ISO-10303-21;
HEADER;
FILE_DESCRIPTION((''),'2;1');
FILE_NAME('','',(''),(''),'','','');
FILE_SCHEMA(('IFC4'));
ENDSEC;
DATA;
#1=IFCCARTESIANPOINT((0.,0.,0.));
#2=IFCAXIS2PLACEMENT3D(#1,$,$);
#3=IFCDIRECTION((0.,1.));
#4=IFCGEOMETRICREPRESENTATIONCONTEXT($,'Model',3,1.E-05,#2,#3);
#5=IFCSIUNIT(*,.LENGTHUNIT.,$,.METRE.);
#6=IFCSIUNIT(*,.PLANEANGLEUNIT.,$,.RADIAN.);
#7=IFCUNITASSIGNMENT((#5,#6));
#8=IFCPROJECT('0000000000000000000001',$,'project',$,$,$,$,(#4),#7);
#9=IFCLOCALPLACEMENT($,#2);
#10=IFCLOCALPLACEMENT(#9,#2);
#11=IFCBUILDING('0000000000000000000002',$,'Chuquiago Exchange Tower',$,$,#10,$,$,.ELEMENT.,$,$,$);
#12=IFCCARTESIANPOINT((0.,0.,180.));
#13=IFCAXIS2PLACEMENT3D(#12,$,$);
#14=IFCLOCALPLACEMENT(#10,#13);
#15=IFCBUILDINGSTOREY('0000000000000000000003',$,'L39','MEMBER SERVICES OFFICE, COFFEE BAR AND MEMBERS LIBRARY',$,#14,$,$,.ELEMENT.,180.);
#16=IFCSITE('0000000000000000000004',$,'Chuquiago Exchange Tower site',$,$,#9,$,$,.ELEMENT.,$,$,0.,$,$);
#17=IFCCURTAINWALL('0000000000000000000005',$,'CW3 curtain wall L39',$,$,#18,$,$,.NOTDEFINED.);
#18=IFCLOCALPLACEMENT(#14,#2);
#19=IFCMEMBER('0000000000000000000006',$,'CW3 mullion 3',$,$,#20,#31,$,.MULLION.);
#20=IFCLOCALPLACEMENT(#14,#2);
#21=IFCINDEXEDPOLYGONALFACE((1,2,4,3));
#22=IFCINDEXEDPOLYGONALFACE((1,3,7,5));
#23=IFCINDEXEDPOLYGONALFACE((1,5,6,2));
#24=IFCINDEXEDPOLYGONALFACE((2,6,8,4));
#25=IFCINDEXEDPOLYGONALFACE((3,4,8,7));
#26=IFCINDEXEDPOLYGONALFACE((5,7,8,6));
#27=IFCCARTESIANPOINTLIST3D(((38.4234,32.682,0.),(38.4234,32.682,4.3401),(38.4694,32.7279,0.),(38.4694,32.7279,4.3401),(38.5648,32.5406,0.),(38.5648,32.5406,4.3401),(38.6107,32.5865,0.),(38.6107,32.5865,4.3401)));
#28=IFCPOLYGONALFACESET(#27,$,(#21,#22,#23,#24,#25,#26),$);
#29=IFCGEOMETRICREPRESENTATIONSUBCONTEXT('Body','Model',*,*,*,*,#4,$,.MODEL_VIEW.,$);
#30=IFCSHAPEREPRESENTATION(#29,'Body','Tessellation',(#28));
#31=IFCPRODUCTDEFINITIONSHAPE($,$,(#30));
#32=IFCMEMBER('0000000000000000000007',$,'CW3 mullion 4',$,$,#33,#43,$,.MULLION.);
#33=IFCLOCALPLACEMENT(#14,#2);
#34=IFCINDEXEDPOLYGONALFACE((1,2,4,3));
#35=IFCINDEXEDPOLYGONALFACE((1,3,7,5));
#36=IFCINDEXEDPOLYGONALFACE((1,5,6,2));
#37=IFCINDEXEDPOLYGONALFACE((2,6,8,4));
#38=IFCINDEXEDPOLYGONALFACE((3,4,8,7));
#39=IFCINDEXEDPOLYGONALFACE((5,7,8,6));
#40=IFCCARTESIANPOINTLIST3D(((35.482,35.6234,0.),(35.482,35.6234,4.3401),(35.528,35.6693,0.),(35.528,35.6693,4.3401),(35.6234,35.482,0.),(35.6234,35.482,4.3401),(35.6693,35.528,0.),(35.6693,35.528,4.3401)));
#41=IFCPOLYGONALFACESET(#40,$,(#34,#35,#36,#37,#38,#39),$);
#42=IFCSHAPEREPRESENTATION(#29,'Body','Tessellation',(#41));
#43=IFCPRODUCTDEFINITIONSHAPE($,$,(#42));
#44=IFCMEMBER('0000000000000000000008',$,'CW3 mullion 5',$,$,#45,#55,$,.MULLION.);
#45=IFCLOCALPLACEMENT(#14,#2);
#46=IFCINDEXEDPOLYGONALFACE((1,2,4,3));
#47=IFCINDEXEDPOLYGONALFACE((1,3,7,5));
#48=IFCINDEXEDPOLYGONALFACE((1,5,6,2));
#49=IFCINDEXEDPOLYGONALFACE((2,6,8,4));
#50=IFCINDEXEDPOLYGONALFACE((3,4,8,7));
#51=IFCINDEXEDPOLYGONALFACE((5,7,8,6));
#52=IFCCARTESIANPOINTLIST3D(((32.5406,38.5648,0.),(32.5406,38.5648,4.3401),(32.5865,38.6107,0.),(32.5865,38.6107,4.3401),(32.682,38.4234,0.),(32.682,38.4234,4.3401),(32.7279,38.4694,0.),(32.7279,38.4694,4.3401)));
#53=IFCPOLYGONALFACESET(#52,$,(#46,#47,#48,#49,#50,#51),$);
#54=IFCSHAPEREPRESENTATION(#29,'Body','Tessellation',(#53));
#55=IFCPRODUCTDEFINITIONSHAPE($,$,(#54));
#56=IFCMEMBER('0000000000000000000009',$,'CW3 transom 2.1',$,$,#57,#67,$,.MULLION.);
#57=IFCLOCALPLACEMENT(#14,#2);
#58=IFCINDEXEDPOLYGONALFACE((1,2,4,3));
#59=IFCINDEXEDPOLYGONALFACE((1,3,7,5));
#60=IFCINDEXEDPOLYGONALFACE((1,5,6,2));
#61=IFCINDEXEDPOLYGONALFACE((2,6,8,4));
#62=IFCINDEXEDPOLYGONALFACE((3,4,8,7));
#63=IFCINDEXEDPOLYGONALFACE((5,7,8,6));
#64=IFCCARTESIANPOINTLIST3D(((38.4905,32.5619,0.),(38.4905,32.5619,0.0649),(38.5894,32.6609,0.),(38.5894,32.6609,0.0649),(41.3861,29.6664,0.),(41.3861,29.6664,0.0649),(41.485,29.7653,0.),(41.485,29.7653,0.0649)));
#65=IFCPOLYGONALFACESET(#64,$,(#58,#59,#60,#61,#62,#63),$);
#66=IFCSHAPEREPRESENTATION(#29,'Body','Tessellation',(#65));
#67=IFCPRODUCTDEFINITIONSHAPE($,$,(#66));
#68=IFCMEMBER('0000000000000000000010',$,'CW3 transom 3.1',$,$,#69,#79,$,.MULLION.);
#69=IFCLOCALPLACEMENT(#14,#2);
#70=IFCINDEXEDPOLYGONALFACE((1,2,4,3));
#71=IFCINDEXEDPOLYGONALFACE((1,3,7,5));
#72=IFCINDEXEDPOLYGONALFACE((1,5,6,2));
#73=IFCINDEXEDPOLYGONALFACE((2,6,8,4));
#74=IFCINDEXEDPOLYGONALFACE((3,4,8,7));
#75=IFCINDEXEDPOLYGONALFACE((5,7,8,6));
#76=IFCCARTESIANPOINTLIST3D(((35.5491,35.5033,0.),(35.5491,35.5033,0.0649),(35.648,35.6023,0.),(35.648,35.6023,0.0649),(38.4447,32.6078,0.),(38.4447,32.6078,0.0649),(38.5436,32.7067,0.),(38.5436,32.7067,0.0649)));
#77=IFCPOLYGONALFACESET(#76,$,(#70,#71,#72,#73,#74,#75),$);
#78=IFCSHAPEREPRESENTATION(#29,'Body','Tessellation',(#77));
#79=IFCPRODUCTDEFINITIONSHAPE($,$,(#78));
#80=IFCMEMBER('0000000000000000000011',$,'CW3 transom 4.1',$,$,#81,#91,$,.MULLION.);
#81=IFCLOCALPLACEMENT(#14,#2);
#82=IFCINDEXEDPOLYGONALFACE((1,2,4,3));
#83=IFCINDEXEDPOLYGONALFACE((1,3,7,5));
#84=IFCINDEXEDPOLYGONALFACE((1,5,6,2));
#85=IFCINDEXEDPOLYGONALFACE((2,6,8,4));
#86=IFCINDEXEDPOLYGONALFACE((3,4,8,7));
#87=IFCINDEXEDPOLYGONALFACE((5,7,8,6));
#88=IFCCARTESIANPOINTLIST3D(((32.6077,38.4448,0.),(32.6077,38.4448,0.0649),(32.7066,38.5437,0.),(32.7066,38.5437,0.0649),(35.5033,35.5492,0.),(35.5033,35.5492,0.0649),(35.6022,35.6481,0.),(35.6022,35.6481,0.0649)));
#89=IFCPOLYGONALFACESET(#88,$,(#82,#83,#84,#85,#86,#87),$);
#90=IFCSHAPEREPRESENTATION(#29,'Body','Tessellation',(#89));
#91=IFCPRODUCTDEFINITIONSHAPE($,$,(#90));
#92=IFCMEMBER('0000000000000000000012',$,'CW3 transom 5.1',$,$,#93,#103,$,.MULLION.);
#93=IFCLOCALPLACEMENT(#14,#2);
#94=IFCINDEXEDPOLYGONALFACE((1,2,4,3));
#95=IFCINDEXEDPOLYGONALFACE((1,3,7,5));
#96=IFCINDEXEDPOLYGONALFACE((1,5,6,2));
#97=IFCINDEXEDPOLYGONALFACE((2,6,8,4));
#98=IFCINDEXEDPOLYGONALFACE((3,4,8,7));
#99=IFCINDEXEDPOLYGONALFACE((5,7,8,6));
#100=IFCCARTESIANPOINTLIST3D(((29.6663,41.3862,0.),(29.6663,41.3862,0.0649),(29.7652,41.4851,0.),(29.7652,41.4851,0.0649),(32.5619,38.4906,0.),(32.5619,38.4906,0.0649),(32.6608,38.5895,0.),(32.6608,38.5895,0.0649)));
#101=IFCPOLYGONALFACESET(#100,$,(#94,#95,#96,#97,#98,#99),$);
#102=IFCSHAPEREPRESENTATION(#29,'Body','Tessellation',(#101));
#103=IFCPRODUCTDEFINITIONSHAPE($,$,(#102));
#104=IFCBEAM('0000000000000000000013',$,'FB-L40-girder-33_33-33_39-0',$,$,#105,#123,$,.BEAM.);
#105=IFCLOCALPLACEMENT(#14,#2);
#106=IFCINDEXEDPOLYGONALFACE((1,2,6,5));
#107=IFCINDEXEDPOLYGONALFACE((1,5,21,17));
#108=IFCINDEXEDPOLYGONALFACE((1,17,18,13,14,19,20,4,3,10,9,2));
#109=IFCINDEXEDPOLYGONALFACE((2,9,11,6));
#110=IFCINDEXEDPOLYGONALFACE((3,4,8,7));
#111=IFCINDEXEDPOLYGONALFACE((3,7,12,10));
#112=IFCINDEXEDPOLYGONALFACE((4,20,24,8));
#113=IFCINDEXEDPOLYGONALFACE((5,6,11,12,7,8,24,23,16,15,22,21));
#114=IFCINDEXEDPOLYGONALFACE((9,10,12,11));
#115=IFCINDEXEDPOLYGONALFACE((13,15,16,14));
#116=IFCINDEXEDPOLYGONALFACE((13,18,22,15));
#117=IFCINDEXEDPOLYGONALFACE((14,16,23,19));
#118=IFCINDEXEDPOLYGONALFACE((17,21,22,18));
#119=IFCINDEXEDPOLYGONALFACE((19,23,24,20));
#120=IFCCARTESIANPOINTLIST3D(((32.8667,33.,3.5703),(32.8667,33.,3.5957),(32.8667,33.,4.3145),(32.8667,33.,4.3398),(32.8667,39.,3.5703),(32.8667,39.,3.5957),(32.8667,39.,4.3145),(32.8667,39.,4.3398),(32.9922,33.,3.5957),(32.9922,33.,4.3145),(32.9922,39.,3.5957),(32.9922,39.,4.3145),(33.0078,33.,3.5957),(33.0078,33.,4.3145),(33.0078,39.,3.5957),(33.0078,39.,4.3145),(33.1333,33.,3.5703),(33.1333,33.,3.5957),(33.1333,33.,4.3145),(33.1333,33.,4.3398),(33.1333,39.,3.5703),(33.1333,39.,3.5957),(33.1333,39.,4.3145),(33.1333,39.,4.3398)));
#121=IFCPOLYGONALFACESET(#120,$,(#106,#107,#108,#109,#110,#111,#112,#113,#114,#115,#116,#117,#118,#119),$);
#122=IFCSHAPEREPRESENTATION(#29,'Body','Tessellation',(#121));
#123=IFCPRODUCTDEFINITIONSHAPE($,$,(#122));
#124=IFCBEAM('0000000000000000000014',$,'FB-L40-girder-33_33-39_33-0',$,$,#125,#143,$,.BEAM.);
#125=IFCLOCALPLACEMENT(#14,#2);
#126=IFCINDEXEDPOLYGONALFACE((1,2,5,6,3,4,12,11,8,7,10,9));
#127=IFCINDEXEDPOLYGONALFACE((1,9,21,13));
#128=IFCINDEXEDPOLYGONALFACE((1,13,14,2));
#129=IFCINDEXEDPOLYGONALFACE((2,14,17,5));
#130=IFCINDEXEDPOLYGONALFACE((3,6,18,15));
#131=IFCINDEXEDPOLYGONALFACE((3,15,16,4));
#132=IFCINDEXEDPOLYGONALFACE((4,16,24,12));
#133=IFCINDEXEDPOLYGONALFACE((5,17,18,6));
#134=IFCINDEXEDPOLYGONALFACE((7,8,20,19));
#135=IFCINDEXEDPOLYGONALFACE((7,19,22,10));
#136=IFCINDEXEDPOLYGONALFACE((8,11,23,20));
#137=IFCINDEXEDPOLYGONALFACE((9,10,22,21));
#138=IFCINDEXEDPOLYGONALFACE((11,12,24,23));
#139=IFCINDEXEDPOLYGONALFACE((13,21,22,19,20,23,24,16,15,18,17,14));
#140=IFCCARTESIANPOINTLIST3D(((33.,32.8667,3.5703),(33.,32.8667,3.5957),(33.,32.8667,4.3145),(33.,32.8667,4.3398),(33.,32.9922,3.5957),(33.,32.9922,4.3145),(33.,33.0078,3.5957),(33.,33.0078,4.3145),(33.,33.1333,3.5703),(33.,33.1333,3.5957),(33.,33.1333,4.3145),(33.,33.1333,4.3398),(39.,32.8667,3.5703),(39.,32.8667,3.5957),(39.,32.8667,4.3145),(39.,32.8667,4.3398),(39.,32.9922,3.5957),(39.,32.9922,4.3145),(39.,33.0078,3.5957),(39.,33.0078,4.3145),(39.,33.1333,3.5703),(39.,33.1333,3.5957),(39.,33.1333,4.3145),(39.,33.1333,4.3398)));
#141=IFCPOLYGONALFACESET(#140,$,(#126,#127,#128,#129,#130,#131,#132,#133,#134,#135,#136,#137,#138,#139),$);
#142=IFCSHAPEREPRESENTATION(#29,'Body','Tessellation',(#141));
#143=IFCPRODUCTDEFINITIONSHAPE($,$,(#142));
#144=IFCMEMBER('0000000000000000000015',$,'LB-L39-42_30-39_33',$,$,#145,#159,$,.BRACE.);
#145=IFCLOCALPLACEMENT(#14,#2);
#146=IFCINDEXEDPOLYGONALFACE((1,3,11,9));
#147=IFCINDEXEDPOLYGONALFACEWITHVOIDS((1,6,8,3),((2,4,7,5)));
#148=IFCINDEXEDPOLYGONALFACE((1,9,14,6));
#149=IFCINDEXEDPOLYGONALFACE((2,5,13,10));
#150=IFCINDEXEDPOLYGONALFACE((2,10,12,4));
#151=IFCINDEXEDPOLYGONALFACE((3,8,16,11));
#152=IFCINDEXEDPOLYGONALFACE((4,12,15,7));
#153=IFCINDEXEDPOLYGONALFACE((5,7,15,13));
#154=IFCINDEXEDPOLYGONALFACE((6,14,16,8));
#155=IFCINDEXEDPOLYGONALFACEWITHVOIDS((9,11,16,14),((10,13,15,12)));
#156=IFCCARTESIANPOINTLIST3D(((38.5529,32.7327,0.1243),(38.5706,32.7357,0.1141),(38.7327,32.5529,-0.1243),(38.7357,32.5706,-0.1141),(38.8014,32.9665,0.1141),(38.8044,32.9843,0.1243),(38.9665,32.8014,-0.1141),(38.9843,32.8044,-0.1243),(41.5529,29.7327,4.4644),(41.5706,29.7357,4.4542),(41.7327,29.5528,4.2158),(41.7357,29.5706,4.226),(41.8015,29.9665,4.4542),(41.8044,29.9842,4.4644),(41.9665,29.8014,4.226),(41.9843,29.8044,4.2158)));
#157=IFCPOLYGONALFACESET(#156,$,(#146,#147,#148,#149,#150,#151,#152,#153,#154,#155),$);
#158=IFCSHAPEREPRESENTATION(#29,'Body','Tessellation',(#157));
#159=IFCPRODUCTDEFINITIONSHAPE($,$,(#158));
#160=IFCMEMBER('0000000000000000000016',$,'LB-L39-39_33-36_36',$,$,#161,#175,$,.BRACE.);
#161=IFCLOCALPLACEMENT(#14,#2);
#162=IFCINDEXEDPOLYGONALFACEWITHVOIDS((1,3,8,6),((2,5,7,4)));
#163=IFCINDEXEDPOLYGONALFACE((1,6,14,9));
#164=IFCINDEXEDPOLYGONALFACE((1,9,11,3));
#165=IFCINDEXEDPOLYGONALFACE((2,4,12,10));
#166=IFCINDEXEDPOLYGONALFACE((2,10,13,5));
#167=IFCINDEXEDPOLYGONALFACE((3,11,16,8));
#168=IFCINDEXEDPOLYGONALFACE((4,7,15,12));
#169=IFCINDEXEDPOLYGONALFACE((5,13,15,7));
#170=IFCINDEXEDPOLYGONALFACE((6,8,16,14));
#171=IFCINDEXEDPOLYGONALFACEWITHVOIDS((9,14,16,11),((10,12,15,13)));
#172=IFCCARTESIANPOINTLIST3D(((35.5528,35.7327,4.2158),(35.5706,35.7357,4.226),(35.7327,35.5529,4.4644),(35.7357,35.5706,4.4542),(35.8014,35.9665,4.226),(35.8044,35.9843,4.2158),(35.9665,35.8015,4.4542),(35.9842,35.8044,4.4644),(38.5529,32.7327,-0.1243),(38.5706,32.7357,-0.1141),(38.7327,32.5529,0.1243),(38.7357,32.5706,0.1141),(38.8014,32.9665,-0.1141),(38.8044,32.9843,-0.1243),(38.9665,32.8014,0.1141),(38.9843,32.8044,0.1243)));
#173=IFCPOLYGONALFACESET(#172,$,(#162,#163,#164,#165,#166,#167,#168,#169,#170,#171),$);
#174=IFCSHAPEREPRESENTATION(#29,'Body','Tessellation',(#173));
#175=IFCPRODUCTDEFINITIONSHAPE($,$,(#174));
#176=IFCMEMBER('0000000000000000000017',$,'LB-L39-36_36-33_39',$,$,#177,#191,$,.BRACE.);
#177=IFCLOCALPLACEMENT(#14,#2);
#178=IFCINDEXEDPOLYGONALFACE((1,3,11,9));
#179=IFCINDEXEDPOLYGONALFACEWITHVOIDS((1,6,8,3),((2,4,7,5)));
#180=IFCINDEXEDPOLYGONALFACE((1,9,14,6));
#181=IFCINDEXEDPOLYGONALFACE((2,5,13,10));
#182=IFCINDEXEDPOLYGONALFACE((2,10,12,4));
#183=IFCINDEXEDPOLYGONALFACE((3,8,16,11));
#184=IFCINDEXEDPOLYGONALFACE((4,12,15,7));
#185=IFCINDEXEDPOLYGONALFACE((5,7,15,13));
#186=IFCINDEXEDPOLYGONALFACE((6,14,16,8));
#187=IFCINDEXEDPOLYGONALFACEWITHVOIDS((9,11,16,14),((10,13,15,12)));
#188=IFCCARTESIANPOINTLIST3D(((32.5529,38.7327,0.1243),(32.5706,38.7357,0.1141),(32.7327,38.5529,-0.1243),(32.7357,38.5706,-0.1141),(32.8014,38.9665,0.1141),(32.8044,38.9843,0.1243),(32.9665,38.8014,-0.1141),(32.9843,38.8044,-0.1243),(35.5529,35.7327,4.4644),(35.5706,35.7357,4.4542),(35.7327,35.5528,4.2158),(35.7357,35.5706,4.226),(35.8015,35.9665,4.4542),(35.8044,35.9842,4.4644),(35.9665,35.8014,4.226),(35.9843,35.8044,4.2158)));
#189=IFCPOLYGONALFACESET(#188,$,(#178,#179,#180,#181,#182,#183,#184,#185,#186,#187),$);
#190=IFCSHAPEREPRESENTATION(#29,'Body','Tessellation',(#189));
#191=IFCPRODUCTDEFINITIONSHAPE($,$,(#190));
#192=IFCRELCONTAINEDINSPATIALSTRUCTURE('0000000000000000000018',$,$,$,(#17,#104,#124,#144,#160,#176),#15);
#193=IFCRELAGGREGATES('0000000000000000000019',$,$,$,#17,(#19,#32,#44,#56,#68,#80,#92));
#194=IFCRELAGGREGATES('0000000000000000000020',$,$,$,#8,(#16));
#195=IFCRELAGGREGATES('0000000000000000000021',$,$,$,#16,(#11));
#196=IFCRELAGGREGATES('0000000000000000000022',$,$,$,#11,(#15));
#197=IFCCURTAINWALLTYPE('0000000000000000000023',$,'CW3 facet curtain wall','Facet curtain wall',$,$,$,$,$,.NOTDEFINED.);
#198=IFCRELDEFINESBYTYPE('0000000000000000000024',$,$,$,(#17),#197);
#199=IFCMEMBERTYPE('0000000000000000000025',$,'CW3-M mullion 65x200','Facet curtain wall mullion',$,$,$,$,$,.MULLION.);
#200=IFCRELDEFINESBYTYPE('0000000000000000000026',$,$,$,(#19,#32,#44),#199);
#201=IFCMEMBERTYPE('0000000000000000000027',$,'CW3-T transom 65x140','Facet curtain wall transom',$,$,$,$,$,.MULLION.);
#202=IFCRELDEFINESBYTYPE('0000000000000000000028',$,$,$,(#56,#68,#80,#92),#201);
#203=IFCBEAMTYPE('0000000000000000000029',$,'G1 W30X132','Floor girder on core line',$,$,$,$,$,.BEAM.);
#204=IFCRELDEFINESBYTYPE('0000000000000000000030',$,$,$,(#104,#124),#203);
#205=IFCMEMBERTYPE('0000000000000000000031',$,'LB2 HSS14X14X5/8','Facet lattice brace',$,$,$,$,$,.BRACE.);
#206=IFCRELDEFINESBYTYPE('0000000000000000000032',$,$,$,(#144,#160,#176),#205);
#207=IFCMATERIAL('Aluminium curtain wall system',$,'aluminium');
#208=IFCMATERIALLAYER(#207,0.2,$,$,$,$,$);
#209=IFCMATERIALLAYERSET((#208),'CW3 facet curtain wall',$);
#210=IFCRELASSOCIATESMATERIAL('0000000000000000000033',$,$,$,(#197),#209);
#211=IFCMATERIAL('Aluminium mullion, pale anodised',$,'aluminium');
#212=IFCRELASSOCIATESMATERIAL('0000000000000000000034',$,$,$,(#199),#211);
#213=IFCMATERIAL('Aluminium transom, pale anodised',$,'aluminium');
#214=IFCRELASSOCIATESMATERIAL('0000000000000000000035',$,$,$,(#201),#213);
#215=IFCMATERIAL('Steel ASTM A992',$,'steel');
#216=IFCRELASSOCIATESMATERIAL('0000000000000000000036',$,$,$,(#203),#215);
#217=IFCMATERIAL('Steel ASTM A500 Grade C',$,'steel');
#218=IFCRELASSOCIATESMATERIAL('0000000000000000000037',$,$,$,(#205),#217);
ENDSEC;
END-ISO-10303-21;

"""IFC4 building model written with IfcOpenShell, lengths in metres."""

from ifc_helpers import new_model, si_unit, direction, frame, origin, origin_2d, place, context, subcontext, project, spatial, rectangle, hollow_rectangle, i_section, extrude, material, layer, layer_set, material_profile, profile_set, type_object, element, aggregate, save


model = new_model("IFC4")

# Units and contexts
model_context = context("Model", 3, precision=1e-05, world=origin(), true_north=direction((0.0, 1.0)))
body_context = subcontext(model_context, "Body", "Model", "MODEL_VIEW")
ifc_project = project(units=[si_unit("LENGTHUNIT", "METRE"), si_unit("PLANEANGLEUNIT", "RADIAN")], contexts=[model_context])

# Site, building, storey
site_placement = place(None, origin())
site = spatial("IfcSite", under=ifc_project, at=site_placement, Name="Chuquiago Exchange Tower site", CompositionType="ELEMENT", RefElevation=0.0)
building_placement = place(site_placement, origin())
building = spatial("IfcBuilding", under=site, at=building_placement, Name="Chuquiago Exchange Tower", CompositionType="ELEMENT")
storey_placement = place(building_placement, frame((0.0, 0.0, 180.0)))
storey = spatial("IfcBuildingStorey", under=building, at=storey_placement, Name="L39", Description="MEMBER SERVICES OFFICE, COFFEE BAR AND MEMBERS LIBRARY", CompositionType="ELEMENT", Elevation=180.0)

# Curtain wall, members
ifc_material_1 = material(Name="Aluminium curtain wall system", Category="aluminium")
ifc_layer_1 = layer(ifc_material_1, 0.2)
ifc_layer_set_1 = layer_set([ifc_layer_1], Name="CW3 facet curtain wall")
curtain_wall_type = type_object("IfcCurtainWallType", Name="CW3 facet curtain wall", Description="Facet curtain wall", PredefinedType="NOTDEFINED", material=ifc_layer_set_1)
curtain_wall_placement = place(storey_placement, origin())
curtain_wall = element("IfcCurtainWall", 1, at=curtain_wall_placement, inside=storey, type_object=curtain_wall_type, Name="CW3 curtain wall L39", PredefinedType="NOTDEFINED")
ifc_material_2 = material(Name="Aluminium mullion, pale anodised", Category="aluminium")
ifc_material_profile_1 = material_profile(ifc_material_2, rectangle(XDim=0.0649, YDim=0.2, at=origin_2d()), Name="AL 65x200")
ifc_profile_set_1 = profile_set([ifc_material_profile_1], Name="Aluminium mullion, pale anodised")
member_type_1 = type_object("IfcMemberType", Name="CW3-M mullion 65x200", Description="Facet curtain wall mullion", PredefinedType="MULLION", material=ifc_profile_set_1)
member_1_placement = place(storey_placement, frame((38.5171, 32.6343, 0.0), z_axis=(0.0, 0.0, 1.0), x_axis=(-0.707107, -0.707107, 0.0)))
member_1 = element("IfcMember", 2, at=member_1_placement, type_object=member_type_1, Name="CW3 mullion 3", PredefinedType="MULLION", context=body_context, shape_type="SweptSolid", body=[
    extrude(rectangle(XDim=0.0649, YDim=0.2, at=origin_2d()), origin(), (0.0, 0.0, 1.0), 4.3401),
])
member_2_placement = place(storey_placement, frame((35.5757, 35.5757, 0.0), z_axis=(0.0, 0.0, 1.0), x_axis=(-0.707107, -0.707107, 0.0)))
member_2 = element("IfcMember", 3, at=member_2_placement, type_object=member_type_1, Name="CW3 mullion 4", PredefinedType="MULLION", context=body_context, shape_type="SweptSolid", body=[
    extrude(rectangle(XDim=0.0649, YDim=0.2, at=origin_2d()), origin(), (0.0, 0.0, 1.0), 4.3401),
])
member_3_placement = place(storey_placement, frame((32.6343, 38.5171, 0.0), z_axis=(0.0, 0.0, 1.0), x_axis=(-0.707107, -0.707107, 0.0)))
member_3 = element("IfcMember", 4, at=member_3_placement, type_object=member_type_1, Name="CW3 mullion 5", PredefinedType="MULLION", context=body_context, shape_type="SweptSolid", body=[
    extrude(rectangle(XDim=0.0649, YDim=0.2, at=origin_2d()), origin(), (0.0, 0.0, 1.0), 4.3401),
])
ifc_material_3 = material(Name="Aluminium transom, pale anodised", Category="aluminium")
ifc_material_profile_2 = material_profile(ifc_material_3, rectangle(XDim=0.1399, YDim=0.0649, at=origin_2d()), Name="AL 140x65")
ifc_profile_set_2 = profile_set([ifc_material_profile_2], Name="Aluminium transom, pale anodised")
member_type_2 = type_object("IfcMemberType", Name="CW3-T transom 65x140", Description="Facet curtain wall transom", PredefinedType="MULLION", material=ifc_profile_set_2)
member_4_placement = place(storey_placement, frame((41.4355, 29.7158, 0.0325), z_axis=(-0.707107, 0.707107, 0.0), x_axis=(-0.707107, -0.707107, 0.0)))
member_4 = element("IfcMember", 5, at=member_4_placement, type_object=member_type_2, Name="CW3 transom 2.1", PredefinedType="MULLION", context=body_context, shape_type="SweptSolid", body=[
    extrude(rectangle(XDim=0.1399, YDim=0.0649, at=origin_2d()), origin(), (0.0, 0.0, 1.0), 4.095),
])
member_5_placement = place(storey_placement, frame((38.4941, 32.6572, 0.0325), z_axis=(-0.707107, 0.707107, 0.0), x_axis=(-0.707107, -0.707107, 0.0)))
member_5 = element("IfcMember", 6, at=member_5_placement, type_object=member_type_2, Name="CW3 transom 3.1", PredefinedType="MULLION", context=body_context, shape_type="SweptSolid", body=[
    extrude(rectangle(XDim=0.1399, YDim=0.0649, at=origin_2d()), origin(), (0.0, 0.0, 1.0), 4.095),
])
member_6_placement = place(storey_placement, frame((35.5527, 35.5986, 0.0325), z_axis=(-0.707107, 0.707107, 0.0), x_axis=(-0.707107, -0.707107, 0.0)))
member_6 = element("IfcMember", 7, at=member_6_placement, type_object=member_type_2, Name="CW3 transom 4.1", PredefinedType="MULLION", context=body_context, shape_type="SweptSolid", body=[
    extrude(rectangle(XDim=0.1399, YDim=0.0649, at=origin_2d()), origin(), (0.0, 0.0, 1.0), 4.095),
])
member_7_placement = place(storey_placement, frame((32.6113, 38.54, 0.0325), z_axis=(-0.707107, 0.707107, 0.0), x_axis=(-0.707107, -0.707107, 0.0)))
member_7 = element("IfcMember", 8, at=member_7_placement, type_object=member_type_2, Name="CW3 transom 5.1", PredefinedType="MULLION", context=body_context, shape_type="SweptSolid", body=[
    extrude(rectangle(XDim=0.1399, YDim=0.0649, at=origin_2d()), origin(), (0.0, 0.0, 1.0), 4.095),
])

# Beams
ifc_material_4 = material(Name="Steel ASTM A992", Category="steel")
ifc_material_profile_3 = material_profile(ifc_material_4, i_section(OverallWidth=0.2666, OverallDepth=0.7695, WebThickness=0.0156, FlangeThickness=0.0254, at=origin_2d()), Name="W30X132")
ifc_profile_set_3 = profile_set([ifc_material_profile_3], Name="Steel ASTM A992")
beam_type_1 = type_object("IfcBeamType", Name="G1 W30X132", Description="Floor girder on core line", PredefinedType="BEAM", material=ifc_profile_set_3)
for number, where, z_axis, x_axis, name in (
    (9, (33.0, 33.0, 3.9551), (0.0, 1.0, 0.0), (-1.0, 0.0, 0.0), "FB-L40-girder-33_33-33_39-0"),
    (10, (33.0, 33.0, 3.9551), (1.0, 0.0, 0.0), (0.0, 1.0, 0.0), "FB-L40-girder-33_33-39_33-0"),
):
    element("IfcBeam", number, at=place(storey_placement, frame(where, z_axis=z_axis, x_axis=x_axis)), inside=storey, type_object=beam_type_1, Name=name, PredefinedType="BEAM", context=body_context, shape_type="SweptSolid", body=[
        extrude(i_section(OverallWidth=0.2666, OverallDepth=0.7695, WebThickness=0.0156, FlangeThickness=0.0254, at=origin_2d()), origin(), (0.0, 0.0, 1.0), 6.0),
    ])

# Members
ifc_material_5 = material(Name="Steel ASTM A500 Grade C", Category="steel")
ifc_material_profile_4 = material_profile(ifc_material_5, hollow_rectangle(XDim=0.3557, YDim=0.3557, WallThickness=0.0146, at=origin_2d()), Name="HSS14X14X5/8")
ifc_profile_set_4 = profile_set([ifc_material_profile_4], Name="Steel ASTM A500 Grade C")
member_type_3 = type_object("IfcMemberType", Name="LB2 HSS14X14X5/8", Description="Facet lattice brace", PredefinedType="BRACE", material=ifc_profile_set_4)
for number, where, z_axis, x_axis, name in (
    (11, (38.7686, 32.7686, 0.0), (0.494291, -0.494291, 0.715089), (0.707107, 0.707107, 0.0), "LB-L39-42_30-39_33"),
    (12, (38.7686, 32.7686, 0.0), (-0.494291, 0.494291, 0.715089), (-0.707107, -0.707107, 0.0), "LB-L39-39_33-36_36"),
    (13, (32.7686, 38.7686, 0.0), (0.494291, -0.494291, 0.715089), (0.707107, 0.707107, 0.0), "LB-L39-36_36-33_39"),
):
    element("IfcMember", number, at=place(storey_placement, frame(where, z_axis=z_axis, x_axis=x_axis)), inside=storey, type_object=member_type_3, Name=name, PredefinedType="BRACE", context=body_context, shape_type="SweptSolid", body=[
        extrude(hollow_rectangle(XDim=0.3557, YDim=0.3557, WallThickness=0.0146, at=origin_2d()), origin(), (0.0, 0.0, 1.0), 6.0693),
    ])

aggregate(curtain_wall, [member_1, member_2, member_3, member_4, member_5, member_6, member_7])

save(model, "model.ifc")
